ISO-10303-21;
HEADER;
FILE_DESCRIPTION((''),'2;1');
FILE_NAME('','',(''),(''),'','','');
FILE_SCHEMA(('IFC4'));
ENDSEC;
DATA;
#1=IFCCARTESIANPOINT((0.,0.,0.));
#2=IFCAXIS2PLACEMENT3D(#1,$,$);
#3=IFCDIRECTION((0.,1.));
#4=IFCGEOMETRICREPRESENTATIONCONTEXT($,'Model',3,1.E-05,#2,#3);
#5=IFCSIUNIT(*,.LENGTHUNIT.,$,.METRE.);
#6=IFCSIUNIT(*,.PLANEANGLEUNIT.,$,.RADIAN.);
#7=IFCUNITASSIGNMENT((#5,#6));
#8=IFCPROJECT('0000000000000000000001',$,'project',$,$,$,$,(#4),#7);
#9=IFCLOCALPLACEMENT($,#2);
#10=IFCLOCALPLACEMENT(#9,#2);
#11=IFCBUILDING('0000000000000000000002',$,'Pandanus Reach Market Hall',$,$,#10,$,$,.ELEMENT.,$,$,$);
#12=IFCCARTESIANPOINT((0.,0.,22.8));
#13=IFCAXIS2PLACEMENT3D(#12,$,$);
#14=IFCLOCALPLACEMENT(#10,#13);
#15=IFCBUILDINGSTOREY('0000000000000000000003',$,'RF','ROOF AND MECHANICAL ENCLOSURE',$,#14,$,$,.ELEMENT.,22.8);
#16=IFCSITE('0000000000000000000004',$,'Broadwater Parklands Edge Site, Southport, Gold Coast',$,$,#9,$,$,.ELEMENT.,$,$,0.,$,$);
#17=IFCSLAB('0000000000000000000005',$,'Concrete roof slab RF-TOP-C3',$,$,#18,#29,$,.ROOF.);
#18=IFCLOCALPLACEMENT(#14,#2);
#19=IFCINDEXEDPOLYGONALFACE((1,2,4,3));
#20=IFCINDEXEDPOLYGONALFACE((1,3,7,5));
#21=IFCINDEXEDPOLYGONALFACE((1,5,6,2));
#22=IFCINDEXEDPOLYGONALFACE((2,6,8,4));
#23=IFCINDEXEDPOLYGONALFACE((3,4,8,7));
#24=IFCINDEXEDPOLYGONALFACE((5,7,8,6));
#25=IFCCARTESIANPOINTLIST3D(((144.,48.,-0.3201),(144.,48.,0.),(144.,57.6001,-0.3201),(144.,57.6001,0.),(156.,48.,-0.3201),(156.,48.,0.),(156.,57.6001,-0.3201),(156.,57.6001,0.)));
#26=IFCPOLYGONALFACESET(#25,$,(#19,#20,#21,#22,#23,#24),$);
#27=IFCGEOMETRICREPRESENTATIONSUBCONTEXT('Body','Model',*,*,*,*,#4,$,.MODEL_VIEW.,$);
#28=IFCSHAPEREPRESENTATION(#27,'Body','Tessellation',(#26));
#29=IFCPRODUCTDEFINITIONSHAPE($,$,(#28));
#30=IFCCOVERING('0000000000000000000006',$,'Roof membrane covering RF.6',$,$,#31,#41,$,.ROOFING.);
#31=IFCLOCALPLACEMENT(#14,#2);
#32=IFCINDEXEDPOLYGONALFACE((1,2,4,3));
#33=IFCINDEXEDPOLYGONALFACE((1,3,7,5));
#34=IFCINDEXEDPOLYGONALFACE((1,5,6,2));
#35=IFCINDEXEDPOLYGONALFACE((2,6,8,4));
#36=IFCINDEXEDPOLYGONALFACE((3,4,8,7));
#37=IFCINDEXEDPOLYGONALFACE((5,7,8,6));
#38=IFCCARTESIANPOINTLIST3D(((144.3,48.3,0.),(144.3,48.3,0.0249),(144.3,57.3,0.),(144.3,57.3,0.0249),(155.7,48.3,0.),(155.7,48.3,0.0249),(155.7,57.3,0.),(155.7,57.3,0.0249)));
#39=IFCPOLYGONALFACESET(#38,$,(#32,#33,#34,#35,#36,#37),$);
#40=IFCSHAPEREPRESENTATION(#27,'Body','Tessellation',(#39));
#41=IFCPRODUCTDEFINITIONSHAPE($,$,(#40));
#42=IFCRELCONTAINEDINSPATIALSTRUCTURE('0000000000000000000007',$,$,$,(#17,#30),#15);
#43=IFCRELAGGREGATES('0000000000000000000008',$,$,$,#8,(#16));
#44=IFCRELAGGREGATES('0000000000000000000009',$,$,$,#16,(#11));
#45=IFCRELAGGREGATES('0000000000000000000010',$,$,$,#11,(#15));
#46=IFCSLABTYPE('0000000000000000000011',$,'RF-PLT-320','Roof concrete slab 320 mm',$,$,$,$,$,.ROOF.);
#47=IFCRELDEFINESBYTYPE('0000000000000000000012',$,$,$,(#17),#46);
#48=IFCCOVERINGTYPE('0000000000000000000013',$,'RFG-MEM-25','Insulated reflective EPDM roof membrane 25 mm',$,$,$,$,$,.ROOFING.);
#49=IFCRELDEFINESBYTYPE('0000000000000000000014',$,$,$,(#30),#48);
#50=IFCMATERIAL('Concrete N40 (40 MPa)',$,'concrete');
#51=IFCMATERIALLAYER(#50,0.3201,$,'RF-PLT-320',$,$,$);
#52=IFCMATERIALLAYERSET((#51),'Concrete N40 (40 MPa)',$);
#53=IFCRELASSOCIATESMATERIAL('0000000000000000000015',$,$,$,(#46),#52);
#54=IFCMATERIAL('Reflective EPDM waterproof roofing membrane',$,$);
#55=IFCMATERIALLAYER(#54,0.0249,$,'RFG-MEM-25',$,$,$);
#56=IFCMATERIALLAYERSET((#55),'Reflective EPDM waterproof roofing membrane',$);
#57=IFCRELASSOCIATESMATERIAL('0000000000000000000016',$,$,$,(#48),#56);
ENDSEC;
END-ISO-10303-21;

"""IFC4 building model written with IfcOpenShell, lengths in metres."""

from ifc_helpers import new_model, si_unit, direction, frame, origin, place, context, subcontext, project, spatial, polyline, outline, extrude, material, layer, layer_set, type_object, element, save


model = new_model("IFC4")

# Units and contexts
model_context = context("Model", 3, precision=1e-05, world=origin(), true_north=direction((0.0, 1.0)))
body_context = subcontext(model_context, "Body", "Model", "MODEL_VIEW")
ifc_project = project(units=[si_unit("LENGTHUNIT", "METRE"), si_unit("PLANEANGLEUNIT", "RADIAN")], contexts=[model_context])

# Site, building, storey
site_placement = place(None, origin())
site = spatial("IfcSite", under=ifc_project, at=site_placement, Name="Broadwater Parklands Edge Site, Southport, Gold Coast", CompositionType="ELEMENT", RefElevation=0.0)
building_placement = place(site_placement, origin())
building = spatial("IfcBuilding", under=site, at=building_placement, Name="Pandanus Reach Market Hall", CompositionType="ELEMENT")
storey_placement = place(building_placement, frame((0.0, 0.0, 22.8)))
storey = spatial("IfcBuildingStorey", under=building, at=storey_placement, Name="RF", Description="ROOF AND MECHANICAL ENCLOSURE", CompositionType="ELEMENT", Elevation=22.8)

# Slab
ifc_material_1 = material(Name="Concrete N40 (40 MPa)", Category="concrete")
ifc_layer_1 = layer(ifc_material_1, 0.3201, Name="RF-PLT-320")
ifc_layer_set_1 = layer_set([ifc_layer_1], Name="Concrete N40 (40 MPa)")
slab_type_1 = type_object("IfcSlabType", Name="RF-PLT-320", Description="Roof concrete slab 320 mm", PredefinedType="ROOF", material=ifc_layer_set_1)
slab_1_placement = place(storey_placement, frame((0.0, 0.0, -0.3201)))
element("IfcSlab", 1, at=slab_1_placement, inside=storey, type_object=slab_type_1, Name="Concrete roof slab RF-TOP-C3", PredefinedType="ROOF", context=body_context, shape_type="SweptSolid", body=[
    extrude(outline(polyline([(144.0, 48.0), (156.0, 48.0), (156.0, 57.6001), (144.0, 57.6001), (144.0, 48.0)])), origin(), (0.0, 0.0, 1.0), 0.3201),
])

# Covering
ifc_material_2 = material(Name="Reflective EPDM waterproof roofing membrane")
ifc_layer_2 = layer(ifc_material_2, 0.0249, Name="RFG-MEM-25")
ifc_layer_set_2 = layer_set([ifc_layer_2], Name="Reflective EPDM waterproof roofing membrane")
covering_type = type_object("IfcCoveringType", Name="RFG-MEM-25", Description="Insulated reflective EPDM roof membrane 25 mm", PredefinedType="ROOFING", material=ifc_layer_set_2)
covering_placement = place(storey_placement, origin())
element("IfcCovering", 2, at=covering_placement, inside=storey, type_object=covering_type, Name="Roof membrane covering RF.6", PredefinedType="ROOFING", context=body_context, shape_type="SweptSolid", body=[
    extrude(outline(polyline([(144.3, 48.3), (155.7, 48.3), (155.7, 57.3), (144.3, 57.3), (144.3, 48.3)])), origin(), (0.0, 0.0, 1.0), 0.0249),
])

save(model, "model.ifc")
